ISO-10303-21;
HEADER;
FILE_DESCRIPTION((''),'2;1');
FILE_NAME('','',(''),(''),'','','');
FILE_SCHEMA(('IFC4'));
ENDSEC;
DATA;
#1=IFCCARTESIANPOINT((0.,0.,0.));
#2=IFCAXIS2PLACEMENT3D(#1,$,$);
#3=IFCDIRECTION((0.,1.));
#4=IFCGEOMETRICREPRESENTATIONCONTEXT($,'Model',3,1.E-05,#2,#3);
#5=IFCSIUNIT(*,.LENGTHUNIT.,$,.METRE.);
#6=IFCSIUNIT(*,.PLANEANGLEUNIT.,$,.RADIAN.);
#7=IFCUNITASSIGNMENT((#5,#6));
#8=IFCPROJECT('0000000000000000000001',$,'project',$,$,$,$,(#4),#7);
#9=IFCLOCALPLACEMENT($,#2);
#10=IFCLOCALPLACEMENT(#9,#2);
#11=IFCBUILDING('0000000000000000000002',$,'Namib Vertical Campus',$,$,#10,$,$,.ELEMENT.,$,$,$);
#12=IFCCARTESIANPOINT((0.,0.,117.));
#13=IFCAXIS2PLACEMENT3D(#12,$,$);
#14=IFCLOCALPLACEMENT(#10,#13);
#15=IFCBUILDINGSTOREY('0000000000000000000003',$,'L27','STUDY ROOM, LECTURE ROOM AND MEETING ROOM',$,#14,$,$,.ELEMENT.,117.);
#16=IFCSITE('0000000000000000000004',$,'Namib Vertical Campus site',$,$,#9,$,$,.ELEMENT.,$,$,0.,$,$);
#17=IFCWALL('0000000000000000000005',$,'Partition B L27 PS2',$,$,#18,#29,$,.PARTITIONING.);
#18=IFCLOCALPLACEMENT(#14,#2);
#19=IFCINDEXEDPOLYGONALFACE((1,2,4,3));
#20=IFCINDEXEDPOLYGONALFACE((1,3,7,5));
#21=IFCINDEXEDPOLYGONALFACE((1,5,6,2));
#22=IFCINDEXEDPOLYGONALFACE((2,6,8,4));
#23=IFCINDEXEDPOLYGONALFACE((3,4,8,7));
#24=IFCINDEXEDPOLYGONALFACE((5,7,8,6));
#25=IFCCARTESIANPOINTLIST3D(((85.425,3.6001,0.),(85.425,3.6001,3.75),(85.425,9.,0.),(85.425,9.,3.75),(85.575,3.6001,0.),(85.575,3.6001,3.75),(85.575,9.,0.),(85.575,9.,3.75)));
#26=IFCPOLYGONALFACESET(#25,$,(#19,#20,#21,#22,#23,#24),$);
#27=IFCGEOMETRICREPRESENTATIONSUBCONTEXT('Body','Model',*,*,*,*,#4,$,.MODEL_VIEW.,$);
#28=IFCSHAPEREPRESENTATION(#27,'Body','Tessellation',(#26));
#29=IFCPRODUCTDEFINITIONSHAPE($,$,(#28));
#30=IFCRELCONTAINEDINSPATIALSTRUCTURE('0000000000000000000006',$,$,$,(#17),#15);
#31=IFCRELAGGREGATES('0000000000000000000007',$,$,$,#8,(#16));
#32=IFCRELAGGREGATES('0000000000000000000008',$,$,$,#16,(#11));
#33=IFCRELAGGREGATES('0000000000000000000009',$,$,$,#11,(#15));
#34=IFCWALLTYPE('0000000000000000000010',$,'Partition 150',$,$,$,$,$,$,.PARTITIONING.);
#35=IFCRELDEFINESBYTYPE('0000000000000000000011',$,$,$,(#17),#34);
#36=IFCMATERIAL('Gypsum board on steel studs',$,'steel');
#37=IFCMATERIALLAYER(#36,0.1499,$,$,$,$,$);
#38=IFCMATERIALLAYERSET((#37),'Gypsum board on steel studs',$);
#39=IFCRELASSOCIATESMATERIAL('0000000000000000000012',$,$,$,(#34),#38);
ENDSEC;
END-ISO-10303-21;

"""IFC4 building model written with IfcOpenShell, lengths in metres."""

from ifc_helpers import new_model, si_unit, direction, frame, frame_2d, origin, place, context, subcontext, project, spatial, rectangle, extrude, material, layer, layer_set, type_object, element, save


model = new_model("IFC4")

# Units and contexts
model_context = context("Model", 3, precision=1e-05, world=origin(), true_north=direction((0.0, 1.0)))
body_context = subcontext(model_context, "Body", "Model", "MODEL_VIEW")
ifc_project = project(units=[si_unit("LENGTHUNIT", "METRE"), si_unit("PLANEANGLEUNIT", "RADIAN")], contexts=[model_context])

# Site, building, storey
site_placement = place(None, origin())
site = spatial("IfcSite", under=ifc_project, at=site_placement, Name="Namib Vertical Campus site", CompositionType="ELEMENT", RefElevation=0.0)
building_placement = place(site_placement, origin())
building = spatial("IfcBuilding", under=site, at=building_placement, Name="Namib Vertical Campus", CompositionType="ELEMENT")
storey_placement = place(building_placement, frame((0.0, 0.0, 117.0)))
storey = spatial("IfcBuildingStorey", under=building, at=storey_placement, Name="L27", Description="STUDY ROOM, LECTURE ROOM AND MEETING ROOM", CompositionType="ELEMENT", Elevation=117.0)

# Wall
ifc_material_1 = material(Name="Gypsum board on steel studs", Category="steel")
ifc_layer_1 = layer(ifc_material_1, 0.1499)
ifc_layer_set_1 = layer_set([ifc_layer_1], Name="Gypsum board on steel studs")
wall_type_1 = type_object("IfcWallType", Name="Partition 150", PredefinedType="PARTITIONING", material=ifc_layer_set_1)
wall_1_placement = place(storey_placement, frame((85.5, 3.6001, 0.0), z_axis=(0.0, 0.0, 1.0), x_axis=(0.0, 1.0, 0.0)))
element("IfcWall", 1, at=wall_1_placement, inside=storey, type_object=wall_type_1, Name="Partition B L27 PS2", PredefinedType="PARTITIONING", context=body_context, shape_type="SweptSolid", body=[
    extrude(rectangle(XDim=5.3999, YDim=0.1499, at=frame_2d((2.7, 0.0))), origin(), (0.0, 0.0, 1.0), 3.75),
])

save(model, "model.ifc")
